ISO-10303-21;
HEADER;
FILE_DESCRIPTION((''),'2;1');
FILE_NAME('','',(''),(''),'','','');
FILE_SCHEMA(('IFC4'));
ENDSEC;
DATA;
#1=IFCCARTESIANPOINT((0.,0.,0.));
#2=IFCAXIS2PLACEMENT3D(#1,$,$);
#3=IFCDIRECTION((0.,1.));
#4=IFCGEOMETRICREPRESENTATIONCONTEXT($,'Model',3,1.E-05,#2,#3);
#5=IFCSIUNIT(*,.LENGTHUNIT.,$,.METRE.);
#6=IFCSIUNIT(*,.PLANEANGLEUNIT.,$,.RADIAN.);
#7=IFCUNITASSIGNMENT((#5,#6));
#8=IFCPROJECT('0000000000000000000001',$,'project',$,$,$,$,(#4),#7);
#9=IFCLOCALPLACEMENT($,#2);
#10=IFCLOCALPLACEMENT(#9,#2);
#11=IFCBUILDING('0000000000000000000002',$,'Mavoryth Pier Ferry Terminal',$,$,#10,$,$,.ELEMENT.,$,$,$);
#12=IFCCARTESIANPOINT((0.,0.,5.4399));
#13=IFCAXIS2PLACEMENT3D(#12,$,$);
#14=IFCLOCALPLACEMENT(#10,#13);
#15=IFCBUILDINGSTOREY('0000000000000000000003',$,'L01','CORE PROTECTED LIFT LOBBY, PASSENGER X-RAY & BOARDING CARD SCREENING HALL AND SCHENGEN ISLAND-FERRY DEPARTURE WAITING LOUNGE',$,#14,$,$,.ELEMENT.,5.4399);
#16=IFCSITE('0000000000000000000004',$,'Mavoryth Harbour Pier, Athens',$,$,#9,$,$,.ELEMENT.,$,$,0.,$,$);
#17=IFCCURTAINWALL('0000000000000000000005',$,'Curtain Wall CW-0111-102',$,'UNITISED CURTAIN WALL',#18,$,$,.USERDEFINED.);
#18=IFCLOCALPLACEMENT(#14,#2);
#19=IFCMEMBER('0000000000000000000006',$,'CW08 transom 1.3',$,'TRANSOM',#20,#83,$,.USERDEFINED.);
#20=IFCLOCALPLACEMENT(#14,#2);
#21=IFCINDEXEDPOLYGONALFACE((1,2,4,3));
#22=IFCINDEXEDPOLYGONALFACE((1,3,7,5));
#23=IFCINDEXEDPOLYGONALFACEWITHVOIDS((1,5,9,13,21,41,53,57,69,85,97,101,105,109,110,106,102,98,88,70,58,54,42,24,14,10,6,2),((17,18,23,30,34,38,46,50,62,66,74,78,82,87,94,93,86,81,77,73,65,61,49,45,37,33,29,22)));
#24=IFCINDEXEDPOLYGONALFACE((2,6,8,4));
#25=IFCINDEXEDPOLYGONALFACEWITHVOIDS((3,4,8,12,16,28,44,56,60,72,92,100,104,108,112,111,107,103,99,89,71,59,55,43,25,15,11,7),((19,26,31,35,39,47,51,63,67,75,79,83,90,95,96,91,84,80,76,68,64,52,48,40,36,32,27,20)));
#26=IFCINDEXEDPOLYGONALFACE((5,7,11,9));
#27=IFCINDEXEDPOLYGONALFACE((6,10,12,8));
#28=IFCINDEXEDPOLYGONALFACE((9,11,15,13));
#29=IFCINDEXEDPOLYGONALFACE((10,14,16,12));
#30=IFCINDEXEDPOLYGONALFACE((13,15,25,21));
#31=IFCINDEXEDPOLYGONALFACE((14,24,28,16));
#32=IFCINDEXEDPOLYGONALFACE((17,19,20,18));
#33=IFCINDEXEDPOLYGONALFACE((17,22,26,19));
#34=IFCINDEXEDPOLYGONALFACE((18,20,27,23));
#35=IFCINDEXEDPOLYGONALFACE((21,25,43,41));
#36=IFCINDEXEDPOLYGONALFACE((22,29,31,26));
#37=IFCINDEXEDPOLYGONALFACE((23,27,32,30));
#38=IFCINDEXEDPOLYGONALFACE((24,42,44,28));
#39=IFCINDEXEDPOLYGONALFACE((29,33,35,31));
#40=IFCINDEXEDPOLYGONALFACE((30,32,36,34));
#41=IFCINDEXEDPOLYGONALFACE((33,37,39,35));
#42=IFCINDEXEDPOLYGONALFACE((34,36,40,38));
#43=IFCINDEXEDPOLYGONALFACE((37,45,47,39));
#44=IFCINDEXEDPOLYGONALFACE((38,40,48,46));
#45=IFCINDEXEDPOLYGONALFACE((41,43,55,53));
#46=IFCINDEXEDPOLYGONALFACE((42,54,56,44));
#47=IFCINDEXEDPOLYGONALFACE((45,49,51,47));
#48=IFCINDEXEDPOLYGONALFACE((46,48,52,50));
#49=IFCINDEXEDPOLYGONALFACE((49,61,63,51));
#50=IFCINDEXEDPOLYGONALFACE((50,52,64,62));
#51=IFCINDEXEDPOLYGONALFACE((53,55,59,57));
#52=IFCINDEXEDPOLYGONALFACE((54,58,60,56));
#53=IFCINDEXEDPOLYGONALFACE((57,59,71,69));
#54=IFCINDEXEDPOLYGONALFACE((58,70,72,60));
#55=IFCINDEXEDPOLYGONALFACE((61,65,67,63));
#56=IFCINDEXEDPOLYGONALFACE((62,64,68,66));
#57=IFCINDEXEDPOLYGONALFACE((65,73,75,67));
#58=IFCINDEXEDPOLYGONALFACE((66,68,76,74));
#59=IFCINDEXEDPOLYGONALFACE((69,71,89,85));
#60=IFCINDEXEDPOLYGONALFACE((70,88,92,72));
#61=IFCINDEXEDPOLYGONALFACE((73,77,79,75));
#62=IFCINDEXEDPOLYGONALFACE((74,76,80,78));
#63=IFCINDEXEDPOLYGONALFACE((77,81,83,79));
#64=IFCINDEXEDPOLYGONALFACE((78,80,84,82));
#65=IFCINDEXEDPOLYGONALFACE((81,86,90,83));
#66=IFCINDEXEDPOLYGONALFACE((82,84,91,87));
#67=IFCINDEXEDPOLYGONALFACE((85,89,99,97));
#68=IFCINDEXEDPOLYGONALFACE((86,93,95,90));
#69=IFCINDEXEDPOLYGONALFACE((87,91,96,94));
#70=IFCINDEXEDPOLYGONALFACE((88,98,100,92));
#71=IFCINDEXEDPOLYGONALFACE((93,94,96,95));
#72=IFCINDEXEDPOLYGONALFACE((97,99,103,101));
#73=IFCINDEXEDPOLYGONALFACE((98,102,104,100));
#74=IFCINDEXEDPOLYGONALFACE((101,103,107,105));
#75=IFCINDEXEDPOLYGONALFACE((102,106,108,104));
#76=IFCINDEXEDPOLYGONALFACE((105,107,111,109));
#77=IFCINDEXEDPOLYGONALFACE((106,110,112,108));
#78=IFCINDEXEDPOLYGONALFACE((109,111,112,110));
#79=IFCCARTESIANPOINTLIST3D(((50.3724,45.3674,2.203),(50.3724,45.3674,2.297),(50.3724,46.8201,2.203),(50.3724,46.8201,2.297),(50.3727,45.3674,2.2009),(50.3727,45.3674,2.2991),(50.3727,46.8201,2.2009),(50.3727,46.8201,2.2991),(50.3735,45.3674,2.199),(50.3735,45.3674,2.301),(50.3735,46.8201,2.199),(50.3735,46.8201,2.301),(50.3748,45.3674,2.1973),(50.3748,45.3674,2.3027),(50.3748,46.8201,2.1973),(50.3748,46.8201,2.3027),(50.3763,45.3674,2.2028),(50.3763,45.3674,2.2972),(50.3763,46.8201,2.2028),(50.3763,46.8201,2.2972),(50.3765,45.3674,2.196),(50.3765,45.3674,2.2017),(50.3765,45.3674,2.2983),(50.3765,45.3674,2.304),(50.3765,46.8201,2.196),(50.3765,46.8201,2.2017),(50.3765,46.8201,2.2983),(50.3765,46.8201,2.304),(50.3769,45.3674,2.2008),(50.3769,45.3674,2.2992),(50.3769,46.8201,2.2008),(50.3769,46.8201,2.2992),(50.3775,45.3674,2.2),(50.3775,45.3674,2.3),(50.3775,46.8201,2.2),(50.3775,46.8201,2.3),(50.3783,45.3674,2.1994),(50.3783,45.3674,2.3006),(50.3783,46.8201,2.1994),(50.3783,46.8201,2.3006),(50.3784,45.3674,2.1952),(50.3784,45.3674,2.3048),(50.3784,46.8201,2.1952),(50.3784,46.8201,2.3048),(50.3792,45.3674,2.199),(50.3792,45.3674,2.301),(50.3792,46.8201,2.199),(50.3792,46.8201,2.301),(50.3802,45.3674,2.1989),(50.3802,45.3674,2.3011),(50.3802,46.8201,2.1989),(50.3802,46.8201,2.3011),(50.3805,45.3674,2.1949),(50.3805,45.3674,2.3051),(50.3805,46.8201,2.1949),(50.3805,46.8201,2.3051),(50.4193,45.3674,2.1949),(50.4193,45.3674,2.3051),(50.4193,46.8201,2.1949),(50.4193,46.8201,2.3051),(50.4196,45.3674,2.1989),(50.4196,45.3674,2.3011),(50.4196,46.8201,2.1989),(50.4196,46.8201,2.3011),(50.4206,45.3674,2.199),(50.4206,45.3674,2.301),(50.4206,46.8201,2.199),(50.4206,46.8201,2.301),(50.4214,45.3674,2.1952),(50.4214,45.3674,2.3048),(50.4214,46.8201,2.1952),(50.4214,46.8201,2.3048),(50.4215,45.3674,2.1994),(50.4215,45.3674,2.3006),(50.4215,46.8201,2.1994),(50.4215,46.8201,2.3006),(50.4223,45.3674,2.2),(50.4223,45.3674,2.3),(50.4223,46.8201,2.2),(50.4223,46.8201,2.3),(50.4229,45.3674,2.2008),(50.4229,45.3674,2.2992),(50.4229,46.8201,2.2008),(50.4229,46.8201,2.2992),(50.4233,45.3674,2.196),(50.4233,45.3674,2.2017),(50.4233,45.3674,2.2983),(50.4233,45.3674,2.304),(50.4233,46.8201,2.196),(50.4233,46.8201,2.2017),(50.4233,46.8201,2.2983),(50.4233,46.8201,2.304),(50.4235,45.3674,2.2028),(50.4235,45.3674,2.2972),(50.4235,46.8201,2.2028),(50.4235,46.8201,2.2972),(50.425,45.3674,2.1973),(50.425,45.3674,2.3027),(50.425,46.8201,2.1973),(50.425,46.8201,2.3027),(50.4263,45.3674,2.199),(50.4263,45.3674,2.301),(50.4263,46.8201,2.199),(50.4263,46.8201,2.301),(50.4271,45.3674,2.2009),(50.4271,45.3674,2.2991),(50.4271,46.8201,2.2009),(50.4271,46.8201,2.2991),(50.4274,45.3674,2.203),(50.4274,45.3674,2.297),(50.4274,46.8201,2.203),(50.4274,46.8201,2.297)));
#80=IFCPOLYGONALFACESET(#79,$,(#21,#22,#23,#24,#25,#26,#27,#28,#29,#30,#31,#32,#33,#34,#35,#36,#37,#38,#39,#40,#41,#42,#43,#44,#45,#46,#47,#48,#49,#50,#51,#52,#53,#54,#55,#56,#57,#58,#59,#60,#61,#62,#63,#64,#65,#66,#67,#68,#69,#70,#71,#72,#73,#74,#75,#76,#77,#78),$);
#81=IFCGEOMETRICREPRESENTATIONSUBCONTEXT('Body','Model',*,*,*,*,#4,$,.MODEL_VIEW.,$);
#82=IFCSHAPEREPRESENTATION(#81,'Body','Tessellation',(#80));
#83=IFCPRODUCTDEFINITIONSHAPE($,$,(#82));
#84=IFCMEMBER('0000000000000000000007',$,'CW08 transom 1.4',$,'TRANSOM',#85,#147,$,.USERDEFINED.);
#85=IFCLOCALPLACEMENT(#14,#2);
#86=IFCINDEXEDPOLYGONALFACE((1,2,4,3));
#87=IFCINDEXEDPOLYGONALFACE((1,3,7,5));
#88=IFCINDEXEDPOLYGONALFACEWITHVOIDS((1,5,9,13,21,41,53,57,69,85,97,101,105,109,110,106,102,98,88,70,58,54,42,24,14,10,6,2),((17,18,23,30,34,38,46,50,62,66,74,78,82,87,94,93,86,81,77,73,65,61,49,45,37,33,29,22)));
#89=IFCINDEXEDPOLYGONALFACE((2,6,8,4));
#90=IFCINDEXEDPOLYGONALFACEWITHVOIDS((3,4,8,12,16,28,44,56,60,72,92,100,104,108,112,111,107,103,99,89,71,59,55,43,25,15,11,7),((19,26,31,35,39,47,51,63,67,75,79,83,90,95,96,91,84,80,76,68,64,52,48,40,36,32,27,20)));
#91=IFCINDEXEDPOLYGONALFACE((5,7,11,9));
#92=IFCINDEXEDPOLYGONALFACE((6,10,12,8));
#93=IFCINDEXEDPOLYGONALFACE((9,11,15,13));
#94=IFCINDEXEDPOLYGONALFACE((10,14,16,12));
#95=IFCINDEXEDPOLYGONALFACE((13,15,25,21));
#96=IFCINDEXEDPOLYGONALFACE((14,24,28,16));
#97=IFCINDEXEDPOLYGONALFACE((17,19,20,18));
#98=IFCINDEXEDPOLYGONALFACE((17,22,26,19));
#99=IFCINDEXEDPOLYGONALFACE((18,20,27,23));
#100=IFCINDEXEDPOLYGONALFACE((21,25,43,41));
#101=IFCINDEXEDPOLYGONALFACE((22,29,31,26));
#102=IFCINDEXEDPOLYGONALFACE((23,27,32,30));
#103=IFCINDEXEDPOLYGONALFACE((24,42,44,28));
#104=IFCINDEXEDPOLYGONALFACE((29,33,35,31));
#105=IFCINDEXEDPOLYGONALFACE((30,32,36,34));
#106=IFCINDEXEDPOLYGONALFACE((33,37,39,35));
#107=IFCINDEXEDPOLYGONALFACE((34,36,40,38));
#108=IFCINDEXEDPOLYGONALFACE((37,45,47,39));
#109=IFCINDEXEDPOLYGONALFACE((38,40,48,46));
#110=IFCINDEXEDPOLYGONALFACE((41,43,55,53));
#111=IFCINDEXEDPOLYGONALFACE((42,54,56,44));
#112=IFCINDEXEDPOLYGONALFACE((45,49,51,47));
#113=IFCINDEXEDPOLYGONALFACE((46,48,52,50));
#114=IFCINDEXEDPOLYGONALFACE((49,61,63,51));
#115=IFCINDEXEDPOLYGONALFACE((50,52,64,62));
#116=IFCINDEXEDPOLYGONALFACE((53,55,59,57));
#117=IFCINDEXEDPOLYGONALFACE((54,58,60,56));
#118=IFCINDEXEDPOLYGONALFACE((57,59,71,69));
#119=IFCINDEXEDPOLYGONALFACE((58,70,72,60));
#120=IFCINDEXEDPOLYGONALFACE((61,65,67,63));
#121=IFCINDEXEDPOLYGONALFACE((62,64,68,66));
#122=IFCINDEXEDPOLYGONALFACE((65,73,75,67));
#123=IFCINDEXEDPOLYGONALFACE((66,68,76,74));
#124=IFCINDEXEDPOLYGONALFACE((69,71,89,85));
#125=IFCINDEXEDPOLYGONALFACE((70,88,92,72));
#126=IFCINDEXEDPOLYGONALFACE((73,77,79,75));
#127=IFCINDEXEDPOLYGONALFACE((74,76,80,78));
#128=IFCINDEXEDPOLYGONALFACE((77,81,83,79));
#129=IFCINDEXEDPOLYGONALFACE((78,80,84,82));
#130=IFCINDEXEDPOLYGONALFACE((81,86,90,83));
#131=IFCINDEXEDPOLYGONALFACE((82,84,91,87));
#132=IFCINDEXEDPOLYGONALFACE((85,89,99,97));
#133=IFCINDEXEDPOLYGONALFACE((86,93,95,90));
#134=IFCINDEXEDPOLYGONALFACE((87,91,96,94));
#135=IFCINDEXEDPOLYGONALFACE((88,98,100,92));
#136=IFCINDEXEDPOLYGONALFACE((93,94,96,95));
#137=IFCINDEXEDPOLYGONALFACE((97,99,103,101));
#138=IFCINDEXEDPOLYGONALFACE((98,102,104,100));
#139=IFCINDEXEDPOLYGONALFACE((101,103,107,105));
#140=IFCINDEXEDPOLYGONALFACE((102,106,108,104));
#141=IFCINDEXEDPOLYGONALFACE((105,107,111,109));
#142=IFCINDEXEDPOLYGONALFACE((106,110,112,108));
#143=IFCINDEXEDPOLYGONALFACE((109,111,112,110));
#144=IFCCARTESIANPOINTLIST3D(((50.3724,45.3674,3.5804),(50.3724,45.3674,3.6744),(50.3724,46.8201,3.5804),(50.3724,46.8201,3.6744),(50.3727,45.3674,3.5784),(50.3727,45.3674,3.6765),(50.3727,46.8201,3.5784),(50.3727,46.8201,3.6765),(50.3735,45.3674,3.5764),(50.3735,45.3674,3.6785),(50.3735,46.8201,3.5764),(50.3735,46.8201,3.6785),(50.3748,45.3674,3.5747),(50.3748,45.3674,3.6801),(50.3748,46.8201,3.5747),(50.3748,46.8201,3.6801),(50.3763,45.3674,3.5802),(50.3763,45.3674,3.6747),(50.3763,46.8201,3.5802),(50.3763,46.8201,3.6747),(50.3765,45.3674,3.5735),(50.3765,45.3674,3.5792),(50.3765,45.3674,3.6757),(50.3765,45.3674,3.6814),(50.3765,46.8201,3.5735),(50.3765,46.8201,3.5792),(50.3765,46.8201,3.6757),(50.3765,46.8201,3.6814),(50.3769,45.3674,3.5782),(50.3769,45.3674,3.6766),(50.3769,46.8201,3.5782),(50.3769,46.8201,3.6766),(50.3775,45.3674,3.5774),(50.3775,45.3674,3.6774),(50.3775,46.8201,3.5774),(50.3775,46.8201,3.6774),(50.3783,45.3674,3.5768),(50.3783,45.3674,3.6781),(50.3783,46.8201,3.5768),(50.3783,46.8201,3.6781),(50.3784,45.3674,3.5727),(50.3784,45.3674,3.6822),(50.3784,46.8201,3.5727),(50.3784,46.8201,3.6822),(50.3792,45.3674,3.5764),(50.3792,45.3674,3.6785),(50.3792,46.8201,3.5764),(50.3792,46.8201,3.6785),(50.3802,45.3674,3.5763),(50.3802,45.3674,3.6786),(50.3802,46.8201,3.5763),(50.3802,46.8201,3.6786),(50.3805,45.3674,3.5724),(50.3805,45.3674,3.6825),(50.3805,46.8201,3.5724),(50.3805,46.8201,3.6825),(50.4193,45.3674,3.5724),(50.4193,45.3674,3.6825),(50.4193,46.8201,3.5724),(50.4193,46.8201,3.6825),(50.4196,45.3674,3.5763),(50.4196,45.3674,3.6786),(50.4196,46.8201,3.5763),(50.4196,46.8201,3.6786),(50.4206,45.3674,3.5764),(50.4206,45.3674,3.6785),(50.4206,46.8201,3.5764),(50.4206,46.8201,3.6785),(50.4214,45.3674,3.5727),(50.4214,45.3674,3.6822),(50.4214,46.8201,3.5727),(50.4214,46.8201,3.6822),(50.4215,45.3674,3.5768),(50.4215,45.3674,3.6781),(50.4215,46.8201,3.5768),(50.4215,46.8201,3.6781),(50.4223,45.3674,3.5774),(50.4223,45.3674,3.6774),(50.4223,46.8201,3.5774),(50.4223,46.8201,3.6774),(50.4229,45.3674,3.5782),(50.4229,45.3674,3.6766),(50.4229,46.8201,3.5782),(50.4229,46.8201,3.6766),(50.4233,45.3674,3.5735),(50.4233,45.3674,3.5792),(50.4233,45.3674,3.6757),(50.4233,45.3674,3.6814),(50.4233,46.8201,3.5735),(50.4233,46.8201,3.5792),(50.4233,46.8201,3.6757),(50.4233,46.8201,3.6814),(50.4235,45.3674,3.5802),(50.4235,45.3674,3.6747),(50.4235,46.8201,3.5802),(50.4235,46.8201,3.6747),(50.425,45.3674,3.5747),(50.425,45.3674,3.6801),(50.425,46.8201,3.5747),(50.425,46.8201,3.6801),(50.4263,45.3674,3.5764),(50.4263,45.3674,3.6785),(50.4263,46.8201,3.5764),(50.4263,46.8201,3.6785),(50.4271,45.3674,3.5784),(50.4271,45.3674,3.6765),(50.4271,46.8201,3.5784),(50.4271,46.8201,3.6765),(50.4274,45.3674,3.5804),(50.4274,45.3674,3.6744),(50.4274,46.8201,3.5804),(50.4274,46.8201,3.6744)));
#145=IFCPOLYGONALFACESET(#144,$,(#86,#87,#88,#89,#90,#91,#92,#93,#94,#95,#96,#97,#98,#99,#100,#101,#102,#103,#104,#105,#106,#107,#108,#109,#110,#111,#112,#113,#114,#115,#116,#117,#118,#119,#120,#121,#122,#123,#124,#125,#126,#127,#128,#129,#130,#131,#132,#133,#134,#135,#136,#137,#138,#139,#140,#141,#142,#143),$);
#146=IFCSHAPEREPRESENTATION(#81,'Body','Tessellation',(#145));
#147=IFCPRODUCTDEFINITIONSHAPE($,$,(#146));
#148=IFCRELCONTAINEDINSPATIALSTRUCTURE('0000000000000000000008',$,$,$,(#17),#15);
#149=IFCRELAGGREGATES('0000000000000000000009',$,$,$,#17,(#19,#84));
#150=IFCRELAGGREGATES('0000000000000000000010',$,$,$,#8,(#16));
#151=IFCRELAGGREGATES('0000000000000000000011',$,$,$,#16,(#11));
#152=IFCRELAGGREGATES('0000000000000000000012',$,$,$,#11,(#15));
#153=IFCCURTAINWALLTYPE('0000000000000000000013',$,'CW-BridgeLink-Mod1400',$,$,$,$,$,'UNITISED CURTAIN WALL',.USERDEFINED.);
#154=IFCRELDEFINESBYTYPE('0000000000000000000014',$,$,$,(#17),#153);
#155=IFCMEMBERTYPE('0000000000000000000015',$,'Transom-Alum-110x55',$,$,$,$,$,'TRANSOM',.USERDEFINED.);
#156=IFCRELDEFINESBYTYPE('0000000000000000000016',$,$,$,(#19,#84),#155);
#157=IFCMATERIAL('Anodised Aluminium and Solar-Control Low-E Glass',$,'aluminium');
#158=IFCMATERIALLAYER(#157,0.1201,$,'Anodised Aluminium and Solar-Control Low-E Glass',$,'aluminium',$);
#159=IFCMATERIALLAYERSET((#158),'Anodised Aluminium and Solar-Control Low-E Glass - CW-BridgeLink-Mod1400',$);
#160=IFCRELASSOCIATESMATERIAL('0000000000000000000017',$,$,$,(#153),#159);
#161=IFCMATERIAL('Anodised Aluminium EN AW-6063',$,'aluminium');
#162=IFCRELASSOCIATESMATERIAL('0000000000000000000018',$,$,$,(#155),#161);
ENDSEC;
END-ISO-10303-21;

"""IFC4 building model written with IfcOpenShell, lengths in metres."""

from ifc_helpers import new_model, si_unit, direction, frame, origin, origin_2d, place, context, subcontext, project, spatial, hollow_rectangle, extrude, material, layer, layer_set, material_profile, profile_set, type_object, element, aggregate, save


model = new_model("IFC4")

# Units and contexts
model_context = context("Model", 3, precision=1e-05, world=origin(), true_north=direction((0.0, 1.0)))
body_context = subcontext(model_context, "Body", "Model", "MODEL_VIEW")
ifc_project = project(units=[si_unit("LENGTHUNIT", "METRE"), si_unit("PLANEANGLEUNIT", "RADIAN")], contexts=[model_context])

# Site, building, storey
site_placement = place(None, origin())
site = spatial("IfcSite", under=ifc_project, at=site_placement, Name="Mavoryth Harbour Pier, Athens", CompositionType="ELEMENT", RefElevation=0.0)
building_placement = place(site_placement, origin())
building = spatial("IfcBuilding", under=site, at=building_placement, Name="Mavoryth Pier Ferry Terminal", CompositionType="ELEMENT")
storey_placement = place(building_placement, frame((0.0, 0.0, 5.4399)))
storey = spatial("IfcBuildingStorey", under=building, at=storey_placement, Name="L01", Description="CORE PROTECTED LIFT LOBBY, PASSENGER X-RAY & BOARDING CARD SCREENING HALL AND SCHENGEN ISLAND-FERRY DEPARTURE WAITING LOUNGE", CompositionType="ELEMENT", Elevation=5.4399)

# Curtain wall
ifc_material_1 = material(Name="Anodised Aluminium and Solar-Control Low-E Glass", Category="aluminium")
ifc_layer_1 = layer(ifc_material_1, 0.1201, Name="Anodised Aluminium and Solar-Control Low-E Glass", Category="aluminium")
ifc_layer_set_1 = layer_set([ifc_layer_1], Name="Anodised Aluminium and Solar-Control Low-E Glass - CW-BridgeLink-Mod1400")
curtain_wall_type = type_object("IfcCurtainWallType", Name="CW-BridgeLink-Mod1400", ElementType="UNITISED CURTAIN WALL", PredefinedType="USERDEFINED", material=ifc_layer_set_1)
curtain_wall_1_placement = place(storey_placement, origin())
curtain_wall_1 = element("IfcCurtainWall", 1, at=curtain_wall_1_placement, inside=storey, type_object=curtain_wall_type, Name="Curtain Wall CW-0111-102", ObjectType="UNITISED CURTAIN WALL", PredefinedType="USERDEFINED")
ifc_material_2 = material(Name="Anodised Aluminium EN AW-6063", Category="aluminium")

# Members
ifc_material_profile_1 = material_profile(ifc_material_2, hollow_rectangle(XDim=0.0549, YDim=0.1101, WallThickness=0.0039, InnerFilletRadius=0.0039, OuterFilletRadius=0.0081, at=origin_2d()), Name="AL-TRAN 110x55x4", Category="aluminium")
ifc_profile_set_1 = profile_set([ifc_material_profile_1], Name="Anodised Aluminium EN AW-6063 - AL-TRAN 110x55x4")
member_type_1 = type_object("IfcMemberType", Name="Transom-Alum-110x55", ElementType="TRANSOM", PredefinedType="USERDEFINED", material=ifc_profile_set_1)
member_1_placement = place(storey_placement, frame((50.3999, 46.8201, 2.25), z_axis=(0.0, -1.0, 0.0), x_axis=(1.0, 0.0, 0.0)))
member_1 = element("IfcMember", 2, at=member_1_placement, type_object=member_type_1, Name="CW08 transom 1.3", ObjectType="TRANSOM", PredefinedType="USERDEFINED", context=body_context, shape_type="SweptSolid", body=[
    extrude(hollow_rectangle(XDim=0.0549, YDim=0.1101, WallThickness=0.0039, InnerFilletRadius=0.0039, OuterFilletRadius=0.0081, at=origin_2d()), origin(), (0.0, 0.0, 1.0), 1.4526),
])
member_2_placement = place(storey_placement, frame((50.3999, 46.8201, 3.6274), z_axis=(0.0, -1.0, 0.0), x_axis=(1.0, 0.0, 0.0)))
member_2 = element("IfcMember", 3, at=member_2_placement, type_object=member_type_1, Name="CW08 transom 1.4", ObjectType="TRANSOM", PredefinedType="USERDEFINED", context=body_context, shape_type="SweptSolid", body=[
    extrude(hollow_rectangle(XDim=0.0549, YDim=0.1101, WallThickness=0.0039, InnerFilletRadius=0.0039, OuterFilletRadius=0.0081, at=origin_2d()), origin(), (0.0, 0.0, 1.0), 1.4526),
])

aggregate(curtain_wall_1, [member_1, member_2])

save(model, "model.ifc")
